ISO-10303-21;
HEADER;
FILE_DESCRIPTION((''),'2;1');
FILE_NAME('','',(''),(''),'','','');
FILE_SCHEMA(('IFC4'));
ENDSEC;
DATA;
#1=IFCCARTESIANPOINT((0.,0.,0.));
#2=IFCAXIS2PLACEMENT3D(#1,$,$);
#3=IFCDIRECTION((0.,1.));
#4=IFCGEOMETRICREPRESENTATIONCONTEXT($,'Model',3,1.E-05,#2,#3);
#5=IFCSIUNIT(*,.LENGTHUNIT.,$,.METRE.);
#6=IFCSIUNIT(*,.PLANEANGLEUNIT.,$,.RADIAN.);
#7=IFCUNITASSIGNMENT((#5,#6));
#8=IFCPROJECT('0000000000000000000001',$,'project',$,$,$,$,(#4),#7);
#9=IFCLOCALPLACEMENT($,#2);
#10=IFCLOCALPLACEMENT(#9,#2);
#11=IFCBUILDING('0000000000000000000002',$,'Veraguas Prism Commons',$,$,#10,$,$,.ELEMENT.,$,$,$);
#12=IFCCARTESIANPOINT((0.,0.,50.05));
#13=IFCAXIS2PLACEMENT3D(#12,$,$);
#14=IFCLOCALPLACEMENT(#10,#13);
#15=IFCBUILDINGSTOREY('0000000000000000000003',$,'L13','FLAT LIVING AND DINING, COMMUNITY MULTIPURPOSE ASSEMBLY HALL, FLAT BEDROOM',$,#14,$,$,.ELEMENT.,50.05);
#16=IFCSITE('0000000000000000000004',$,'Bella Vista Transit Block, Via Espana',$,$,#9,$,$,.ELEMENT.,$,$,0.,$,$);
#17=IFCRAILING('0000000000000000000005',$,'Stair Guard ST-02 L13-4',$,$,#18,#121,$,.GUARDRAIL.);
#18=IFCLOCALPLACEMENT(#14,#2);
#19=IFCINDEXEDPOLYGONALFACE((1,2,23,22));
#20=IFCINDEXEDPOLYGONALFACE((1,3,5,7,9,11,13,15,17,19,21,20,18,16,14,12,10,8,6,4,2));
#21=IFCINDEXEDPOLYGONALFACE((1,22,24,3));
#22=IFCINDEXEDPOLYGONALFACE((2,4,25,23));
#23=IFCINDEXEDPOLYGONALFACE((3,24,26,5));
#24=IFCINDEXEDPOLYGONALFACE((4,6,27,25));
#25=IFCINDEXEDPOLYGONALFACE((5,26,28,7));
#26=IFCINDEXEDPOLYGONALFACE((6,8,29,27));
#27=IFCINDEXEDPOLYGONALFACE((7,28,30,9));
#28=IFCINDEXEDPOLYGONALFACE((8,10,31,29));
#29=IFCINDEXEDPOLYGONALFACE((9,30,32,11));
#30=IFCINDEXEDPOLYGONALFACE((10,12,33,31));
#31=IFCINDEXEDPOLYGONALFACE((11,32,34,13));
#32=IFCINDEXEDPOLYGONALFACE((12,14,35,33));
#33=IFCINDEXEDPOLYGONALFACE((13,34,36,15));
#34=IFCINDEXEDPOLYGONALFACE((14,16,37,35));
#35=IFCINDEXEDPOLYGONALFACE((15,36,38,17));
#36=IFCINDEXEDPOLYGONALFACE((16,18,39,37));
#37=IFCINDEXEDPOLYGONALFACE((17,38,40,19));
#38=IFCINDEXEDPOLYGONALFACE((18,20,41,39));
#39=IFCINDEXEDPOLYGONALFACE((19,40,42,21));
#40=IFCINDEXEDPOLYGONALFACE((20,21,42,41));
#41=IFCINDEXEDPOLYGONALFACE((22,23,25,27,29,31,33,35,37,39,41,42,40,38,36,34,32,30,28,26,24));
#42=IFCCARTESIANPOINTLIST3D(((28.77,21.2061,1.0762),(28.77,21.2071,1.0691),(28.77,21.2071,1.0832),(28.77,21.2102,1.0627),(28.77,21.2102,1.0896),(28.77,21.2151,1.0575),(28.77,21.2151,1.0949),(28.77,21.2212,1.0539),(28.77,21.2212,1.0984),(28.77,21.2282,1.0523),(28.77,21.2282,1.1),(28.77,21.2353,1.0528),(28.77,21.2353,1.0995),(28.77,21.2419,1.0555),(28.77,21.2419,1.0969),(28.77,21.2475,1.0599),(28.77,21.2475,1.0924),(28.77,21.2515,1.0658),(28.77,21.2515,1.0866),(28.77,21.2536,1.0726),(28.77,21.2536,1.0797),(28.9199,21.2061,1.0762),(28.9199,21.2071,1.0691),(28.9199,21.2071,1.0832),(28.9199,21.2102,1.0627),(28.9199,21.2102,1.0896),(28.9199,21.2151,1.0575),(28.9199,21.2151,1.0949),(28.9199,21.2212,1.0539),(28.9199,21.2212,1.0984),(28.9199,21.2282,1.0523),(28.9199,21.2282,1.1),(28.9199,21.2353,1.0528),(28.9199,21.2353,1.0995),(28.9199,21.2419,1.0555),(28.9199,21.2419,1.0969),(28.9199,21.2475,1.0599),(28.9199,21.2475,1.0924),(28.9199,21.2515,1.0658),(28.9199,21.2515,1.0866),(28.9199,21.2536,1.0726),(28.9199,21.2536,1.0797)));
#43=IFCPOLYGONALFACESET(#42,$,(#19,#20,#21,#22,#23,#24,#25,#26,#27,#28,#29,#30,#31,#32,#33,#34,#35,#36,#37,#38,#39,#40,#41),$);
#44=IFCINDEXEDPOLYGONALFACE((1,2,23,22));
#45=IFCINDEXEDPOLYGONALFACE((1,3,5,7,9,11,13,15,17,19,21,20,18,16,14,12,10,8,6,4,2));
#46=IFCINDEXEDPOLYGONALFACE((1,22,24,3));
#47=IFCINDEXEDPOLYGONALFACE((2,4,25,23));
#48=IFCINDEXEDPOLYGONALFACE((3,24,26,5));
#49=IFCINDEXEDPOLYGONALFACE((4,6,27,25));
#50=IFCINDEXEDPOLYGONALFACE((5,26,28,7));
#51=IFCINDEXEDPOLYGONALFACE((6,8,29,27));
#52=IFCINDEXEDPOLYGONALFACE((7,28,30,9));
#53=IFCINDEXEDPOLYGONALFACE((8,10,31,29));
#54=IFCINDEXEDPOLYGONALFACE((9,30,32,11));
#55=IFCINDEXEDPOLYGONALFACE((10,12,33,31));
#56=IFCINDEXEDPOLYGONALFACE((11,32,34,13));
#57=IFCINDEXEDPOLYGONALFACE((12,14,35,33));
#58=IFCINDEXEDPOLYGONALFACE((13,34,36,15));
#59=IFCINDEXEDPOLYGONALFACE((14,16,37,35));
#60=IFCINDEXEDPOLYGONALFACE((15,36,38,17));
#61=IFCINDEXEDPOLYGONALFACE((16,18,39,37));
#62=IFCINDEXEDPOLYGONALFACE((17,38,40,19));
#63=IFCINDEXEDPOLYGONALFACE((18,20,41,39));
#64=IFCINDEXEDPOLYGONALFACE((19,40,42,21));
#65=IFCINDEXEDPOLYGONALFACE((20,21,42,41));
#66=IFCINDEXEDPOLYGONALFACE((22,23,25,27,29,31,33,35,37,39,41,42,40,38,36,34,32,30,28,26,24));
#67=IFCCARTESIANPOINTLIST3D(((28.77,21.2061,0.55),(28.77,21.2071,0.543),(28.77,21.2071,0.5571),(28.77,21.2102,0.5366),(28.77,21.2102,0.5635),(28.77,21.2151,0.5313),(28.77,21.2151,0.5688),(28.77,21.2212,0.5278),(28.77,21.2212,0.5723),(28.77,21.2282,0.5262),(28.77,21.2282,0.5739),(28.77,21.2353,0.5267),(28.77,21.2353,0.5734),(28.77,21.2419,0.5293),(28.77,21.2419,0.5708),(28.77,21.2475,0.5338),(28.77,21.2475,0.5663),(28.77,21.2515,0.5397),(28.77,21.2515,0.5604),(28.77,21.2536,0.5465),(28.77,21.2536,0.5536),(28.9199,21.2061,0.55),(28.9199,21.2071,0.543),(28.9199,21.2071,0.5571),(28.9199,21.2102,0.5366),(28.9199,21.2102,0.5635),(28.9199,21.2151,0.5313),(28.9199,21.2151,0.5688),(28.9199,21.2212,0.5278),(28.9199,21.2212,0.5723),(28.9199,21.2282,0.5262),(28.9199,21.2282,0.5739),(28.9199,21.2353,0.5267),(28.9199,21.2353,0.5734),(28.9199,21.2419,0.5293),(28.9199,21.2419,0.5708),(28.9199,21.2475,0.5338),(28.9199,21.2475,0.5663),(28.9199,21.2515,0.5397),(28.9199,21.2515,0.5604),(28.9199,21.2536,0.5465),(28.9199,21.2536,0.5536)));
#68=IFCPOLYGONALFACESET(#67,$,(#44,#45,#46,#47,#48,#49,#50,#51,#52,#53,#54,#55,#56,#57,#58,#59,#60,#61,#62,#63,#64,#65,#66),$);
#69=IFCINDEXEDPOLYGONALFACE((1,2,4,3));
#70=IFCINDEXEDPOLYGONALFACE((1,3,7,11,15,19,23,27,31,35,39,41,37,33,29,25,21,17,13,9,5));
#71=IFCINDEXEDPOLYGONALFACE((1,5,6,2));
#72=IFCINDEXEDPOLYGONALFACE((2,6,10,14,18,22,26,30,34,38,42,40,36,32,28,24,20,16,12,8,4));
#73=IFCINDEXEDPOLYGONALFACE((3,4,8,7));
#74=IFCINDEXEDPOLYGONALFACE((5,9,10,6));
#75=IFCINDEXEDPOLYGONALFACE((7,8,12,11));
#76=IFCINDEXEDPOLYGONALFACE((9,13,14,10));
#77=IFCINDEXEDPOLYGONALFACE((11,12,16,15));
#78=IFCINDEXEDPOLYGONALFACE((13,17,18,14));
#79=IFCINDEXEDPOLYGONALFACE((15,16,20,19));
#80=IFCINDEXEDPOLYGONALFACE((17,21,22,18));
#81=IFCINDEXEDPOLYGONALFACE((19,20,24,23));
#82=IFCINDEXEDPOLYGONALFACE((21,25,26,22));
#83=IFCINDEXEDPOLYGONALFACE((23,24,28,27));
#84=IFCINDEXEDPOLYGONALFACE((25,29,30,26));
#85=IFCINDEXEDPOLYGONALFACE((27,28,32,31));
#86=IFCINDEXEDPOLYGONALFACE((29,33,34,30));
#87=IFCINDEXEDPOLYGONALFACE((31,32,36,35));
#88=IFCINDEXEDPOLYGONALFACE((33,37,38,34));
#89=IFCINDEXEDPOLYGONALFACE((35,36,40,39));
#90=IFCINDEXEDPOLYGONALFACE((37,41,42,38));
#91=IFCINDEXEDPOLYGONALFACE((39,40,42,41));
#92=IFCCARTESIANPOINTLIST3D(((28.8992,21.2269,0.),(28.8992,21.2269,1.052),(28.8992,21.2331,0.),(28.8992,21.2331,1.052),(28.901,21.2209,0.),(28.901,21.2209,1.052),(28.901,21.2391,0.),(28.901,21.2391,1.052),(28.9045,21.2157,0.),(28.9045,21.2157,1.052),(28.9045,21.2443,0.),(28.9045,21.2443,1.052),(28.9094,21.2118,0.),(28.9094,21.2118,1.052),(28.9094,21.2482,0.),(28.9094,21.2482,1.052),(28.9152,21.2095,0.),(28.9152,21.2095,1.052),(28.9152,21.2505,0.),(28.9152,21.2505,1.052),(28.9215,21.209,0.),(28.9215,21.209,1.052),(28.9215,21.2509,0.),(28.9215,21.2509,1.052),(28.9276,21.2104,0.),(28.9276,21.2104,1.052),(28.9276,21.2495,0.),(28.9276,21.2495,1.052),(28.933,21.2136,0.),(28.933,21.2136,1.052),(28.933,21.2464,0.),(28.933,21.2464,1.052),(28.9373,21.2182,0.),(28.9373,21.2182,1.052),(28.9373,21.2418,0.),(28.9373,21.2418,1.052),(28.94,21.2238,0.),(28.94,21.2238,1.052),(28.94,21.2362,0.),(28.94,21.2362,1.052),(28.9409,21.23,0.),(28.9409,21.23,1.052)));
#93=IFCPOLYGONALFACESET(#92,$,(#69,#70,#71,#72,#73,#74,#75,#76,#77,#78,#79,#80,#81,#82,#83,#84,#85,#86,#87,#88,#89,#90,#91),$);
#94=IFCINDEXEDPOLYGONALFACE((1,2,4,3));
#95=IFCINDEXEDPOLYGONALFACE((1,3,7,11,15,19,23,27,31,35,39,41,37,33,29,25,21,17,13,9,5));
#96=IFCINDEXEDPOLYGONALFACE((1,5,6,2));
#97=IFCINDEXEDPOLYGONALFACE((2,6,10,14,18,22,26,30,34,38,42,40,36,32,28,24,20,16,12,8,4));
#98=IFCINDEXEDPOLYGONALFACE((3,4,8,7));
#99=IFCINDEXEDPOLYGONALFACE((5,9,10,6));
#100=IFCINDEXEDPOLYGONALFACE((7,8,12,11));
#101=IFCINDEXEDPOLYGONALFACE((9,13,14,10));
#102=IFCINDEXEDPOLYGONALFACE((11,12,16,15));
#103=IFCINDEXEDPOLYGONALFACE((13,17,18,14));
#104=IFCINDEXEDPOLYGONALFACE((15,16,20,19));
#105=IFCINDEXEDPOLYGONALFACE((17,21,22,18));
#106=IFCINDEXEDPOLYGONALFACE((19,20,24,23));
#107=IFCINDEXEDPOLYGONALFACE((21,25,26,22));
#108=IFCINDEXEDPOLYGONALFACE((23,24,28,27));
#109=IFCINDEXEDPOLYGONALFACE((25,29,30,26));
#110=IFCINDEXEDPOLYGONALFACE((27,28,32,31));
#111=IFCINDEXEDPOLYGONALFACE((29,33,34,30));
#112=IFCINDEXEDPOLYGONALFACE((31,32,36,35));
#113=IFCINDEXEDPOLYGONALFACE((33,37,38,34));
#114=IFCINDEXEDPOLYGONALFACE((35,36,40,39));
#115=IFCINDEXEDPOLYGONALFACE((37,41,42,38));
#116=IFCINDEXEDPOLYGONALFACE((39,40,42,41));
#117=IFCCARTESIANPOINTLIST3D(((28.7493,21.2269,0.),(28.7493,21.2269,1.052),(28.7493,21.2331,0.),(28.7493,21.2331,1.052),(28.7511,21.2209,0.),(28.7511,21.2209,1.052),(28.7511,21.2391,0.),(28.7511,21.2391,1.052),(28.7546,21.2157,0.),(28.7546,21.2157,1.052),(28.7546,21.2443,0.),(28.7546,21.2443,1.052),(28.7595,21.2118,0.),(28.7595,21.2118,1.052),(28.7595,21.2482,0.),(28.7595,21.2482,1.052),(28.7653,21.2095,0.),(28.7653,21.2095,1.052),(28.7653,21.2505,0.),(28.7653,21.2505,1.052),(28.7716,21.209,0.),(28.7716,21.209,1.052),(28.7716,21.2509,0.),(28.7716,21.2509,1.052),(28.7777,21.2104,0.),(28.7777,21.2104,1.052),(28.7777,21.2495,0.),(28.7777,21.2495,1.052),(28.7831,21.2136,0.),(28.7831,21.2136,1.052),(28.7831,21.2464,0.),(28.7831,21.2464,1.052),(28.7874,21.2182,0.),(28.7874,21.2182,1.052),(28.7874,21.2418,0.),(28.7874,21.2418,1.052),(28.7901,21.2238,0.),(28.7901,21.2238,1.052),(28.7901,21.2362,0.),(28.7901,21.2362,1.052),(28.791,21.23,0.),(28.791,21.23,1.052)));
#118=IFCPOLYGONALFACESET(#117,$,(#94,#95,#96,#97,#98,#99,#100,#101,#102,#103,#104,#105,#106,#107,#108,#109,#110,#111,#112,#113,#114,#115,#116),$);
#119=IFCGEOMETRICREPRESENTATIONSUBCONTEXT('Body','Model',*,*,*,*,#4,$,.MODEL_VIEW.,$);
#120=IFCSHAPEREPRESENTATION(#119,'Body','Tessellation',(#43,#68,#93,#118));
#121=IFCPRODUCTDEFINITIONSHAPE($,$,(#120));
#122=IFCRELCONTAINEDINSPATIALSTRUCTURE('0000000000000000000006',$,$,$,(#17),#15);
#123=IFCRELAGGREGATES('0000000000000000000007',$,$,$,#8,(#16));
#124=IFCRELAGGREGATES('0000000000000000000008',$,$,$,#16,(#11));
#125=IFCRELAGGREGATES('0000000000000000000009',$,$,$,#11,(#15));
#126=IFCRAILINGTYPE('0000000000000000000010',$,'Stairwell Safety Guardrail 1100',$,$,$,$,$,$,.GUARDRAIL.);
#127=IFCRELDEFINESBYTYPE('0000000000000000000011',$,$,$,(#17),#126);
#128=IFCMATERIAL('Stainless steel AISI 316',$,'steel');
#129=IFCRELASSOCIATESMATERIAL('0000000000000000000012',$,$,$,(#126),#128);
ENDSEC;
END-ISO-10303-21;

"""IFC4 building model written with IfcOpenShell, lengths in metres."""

from ifc_helpers import new_model, si_unit, direction, frame, origin, origin_2d, place, context, subcontext, project, spatial, circle, extrude, material, type_object, element, save


model = new_model("IFC4")

# Units and contexts
model_context = context("Model", 3, precision=1e-05, world=origin(), true_north=direction((0.0, 1.0)))
body_context = subcontext(model_context, "Body", "Model", "MODEL_VIEW")
ifc_project = project(units=[si_unit("LENGTHUNIT", "METRE"), si_unit("PLANEANGLEUNIT", "RADIAN")], contexts=[model_context])

# Site, building, storey
site_placement = place(None, origin())
site = spatial("IfcSite", under=ifc_project, at=site_placement, Name="Bella Vista Transit Block, Via Espana", CompositionType="ELEMENT", RefElevation=0.0)
building_placement = place(site_placement, origin())
building = spatial("IfcBuilding", under=site, at=building_placement, Name="Veraguas Prism Commons", CompositionType="ELEMENT")
storey_placement = place(building_placement, frame((0.0, 0.0, 50.05)))
storey = spatial("IfcBuildingStorey", under=building, at=storey_placement, Name="L13", Description="FLAT LIVING AND DINING, COMMUNITY MULTIPURPOSE ASSEMBLY HALL, FLAT BEDROOM", CompositionType="ELEMENT", Elevation=50.05)

# Shared definitions
ifc_material_1 = material(Name="Stainless steel AISI 316", Category="steel")

# Railing
railing_type_1 = type_object("IfcRailingType", Name="Stairwell Safety Guardrail 1100", PredefinedType="GUARDRAIL", material=ifc_material_1)
railing_1_placement = place(storey_placement, frame((28.9199, 21.23, 0.0)))
element("IfcRailing", 1, at=railing_1_placement, inside=storey, type_object=railing_type_1, Name="Stair Guard ST-02 L13-4", PredefinedType="GUARDRAIL", context=body_context, shape_type="SweptSolid", body=[
    extrude(circle(Radius=0.0239, at=origin_2d()), frame((0.0, 0.0, 1.0762), z_axis=(-1.0, 0.0, 0.0), x_axis=(0.0, -1.0, 0.0)), (0.0, 0.0, 1.0), 0.1499),
    extrude(circle(Radius=0.0239, at=origin_2d()), frame((0.0, 0.0, 0.55), z_axis=(-1.0, 0.0, 0.0), x_axis=(0.0, -1.0, 0.0)), (0.0, 0.0, 1.0), 0.1499),
    extrude(circle(Radius=0.021, at=origin_2d()), origin(), (0.0, 0.0, 1.0), 1.052),
    extrude(circle(Radius=0.021, at=origin_2d()), frame((-0.1499, 0.0, 0.0)), (0.0, 0.0, 1.0), 1.052),
])

save(model, "model.ifc")
